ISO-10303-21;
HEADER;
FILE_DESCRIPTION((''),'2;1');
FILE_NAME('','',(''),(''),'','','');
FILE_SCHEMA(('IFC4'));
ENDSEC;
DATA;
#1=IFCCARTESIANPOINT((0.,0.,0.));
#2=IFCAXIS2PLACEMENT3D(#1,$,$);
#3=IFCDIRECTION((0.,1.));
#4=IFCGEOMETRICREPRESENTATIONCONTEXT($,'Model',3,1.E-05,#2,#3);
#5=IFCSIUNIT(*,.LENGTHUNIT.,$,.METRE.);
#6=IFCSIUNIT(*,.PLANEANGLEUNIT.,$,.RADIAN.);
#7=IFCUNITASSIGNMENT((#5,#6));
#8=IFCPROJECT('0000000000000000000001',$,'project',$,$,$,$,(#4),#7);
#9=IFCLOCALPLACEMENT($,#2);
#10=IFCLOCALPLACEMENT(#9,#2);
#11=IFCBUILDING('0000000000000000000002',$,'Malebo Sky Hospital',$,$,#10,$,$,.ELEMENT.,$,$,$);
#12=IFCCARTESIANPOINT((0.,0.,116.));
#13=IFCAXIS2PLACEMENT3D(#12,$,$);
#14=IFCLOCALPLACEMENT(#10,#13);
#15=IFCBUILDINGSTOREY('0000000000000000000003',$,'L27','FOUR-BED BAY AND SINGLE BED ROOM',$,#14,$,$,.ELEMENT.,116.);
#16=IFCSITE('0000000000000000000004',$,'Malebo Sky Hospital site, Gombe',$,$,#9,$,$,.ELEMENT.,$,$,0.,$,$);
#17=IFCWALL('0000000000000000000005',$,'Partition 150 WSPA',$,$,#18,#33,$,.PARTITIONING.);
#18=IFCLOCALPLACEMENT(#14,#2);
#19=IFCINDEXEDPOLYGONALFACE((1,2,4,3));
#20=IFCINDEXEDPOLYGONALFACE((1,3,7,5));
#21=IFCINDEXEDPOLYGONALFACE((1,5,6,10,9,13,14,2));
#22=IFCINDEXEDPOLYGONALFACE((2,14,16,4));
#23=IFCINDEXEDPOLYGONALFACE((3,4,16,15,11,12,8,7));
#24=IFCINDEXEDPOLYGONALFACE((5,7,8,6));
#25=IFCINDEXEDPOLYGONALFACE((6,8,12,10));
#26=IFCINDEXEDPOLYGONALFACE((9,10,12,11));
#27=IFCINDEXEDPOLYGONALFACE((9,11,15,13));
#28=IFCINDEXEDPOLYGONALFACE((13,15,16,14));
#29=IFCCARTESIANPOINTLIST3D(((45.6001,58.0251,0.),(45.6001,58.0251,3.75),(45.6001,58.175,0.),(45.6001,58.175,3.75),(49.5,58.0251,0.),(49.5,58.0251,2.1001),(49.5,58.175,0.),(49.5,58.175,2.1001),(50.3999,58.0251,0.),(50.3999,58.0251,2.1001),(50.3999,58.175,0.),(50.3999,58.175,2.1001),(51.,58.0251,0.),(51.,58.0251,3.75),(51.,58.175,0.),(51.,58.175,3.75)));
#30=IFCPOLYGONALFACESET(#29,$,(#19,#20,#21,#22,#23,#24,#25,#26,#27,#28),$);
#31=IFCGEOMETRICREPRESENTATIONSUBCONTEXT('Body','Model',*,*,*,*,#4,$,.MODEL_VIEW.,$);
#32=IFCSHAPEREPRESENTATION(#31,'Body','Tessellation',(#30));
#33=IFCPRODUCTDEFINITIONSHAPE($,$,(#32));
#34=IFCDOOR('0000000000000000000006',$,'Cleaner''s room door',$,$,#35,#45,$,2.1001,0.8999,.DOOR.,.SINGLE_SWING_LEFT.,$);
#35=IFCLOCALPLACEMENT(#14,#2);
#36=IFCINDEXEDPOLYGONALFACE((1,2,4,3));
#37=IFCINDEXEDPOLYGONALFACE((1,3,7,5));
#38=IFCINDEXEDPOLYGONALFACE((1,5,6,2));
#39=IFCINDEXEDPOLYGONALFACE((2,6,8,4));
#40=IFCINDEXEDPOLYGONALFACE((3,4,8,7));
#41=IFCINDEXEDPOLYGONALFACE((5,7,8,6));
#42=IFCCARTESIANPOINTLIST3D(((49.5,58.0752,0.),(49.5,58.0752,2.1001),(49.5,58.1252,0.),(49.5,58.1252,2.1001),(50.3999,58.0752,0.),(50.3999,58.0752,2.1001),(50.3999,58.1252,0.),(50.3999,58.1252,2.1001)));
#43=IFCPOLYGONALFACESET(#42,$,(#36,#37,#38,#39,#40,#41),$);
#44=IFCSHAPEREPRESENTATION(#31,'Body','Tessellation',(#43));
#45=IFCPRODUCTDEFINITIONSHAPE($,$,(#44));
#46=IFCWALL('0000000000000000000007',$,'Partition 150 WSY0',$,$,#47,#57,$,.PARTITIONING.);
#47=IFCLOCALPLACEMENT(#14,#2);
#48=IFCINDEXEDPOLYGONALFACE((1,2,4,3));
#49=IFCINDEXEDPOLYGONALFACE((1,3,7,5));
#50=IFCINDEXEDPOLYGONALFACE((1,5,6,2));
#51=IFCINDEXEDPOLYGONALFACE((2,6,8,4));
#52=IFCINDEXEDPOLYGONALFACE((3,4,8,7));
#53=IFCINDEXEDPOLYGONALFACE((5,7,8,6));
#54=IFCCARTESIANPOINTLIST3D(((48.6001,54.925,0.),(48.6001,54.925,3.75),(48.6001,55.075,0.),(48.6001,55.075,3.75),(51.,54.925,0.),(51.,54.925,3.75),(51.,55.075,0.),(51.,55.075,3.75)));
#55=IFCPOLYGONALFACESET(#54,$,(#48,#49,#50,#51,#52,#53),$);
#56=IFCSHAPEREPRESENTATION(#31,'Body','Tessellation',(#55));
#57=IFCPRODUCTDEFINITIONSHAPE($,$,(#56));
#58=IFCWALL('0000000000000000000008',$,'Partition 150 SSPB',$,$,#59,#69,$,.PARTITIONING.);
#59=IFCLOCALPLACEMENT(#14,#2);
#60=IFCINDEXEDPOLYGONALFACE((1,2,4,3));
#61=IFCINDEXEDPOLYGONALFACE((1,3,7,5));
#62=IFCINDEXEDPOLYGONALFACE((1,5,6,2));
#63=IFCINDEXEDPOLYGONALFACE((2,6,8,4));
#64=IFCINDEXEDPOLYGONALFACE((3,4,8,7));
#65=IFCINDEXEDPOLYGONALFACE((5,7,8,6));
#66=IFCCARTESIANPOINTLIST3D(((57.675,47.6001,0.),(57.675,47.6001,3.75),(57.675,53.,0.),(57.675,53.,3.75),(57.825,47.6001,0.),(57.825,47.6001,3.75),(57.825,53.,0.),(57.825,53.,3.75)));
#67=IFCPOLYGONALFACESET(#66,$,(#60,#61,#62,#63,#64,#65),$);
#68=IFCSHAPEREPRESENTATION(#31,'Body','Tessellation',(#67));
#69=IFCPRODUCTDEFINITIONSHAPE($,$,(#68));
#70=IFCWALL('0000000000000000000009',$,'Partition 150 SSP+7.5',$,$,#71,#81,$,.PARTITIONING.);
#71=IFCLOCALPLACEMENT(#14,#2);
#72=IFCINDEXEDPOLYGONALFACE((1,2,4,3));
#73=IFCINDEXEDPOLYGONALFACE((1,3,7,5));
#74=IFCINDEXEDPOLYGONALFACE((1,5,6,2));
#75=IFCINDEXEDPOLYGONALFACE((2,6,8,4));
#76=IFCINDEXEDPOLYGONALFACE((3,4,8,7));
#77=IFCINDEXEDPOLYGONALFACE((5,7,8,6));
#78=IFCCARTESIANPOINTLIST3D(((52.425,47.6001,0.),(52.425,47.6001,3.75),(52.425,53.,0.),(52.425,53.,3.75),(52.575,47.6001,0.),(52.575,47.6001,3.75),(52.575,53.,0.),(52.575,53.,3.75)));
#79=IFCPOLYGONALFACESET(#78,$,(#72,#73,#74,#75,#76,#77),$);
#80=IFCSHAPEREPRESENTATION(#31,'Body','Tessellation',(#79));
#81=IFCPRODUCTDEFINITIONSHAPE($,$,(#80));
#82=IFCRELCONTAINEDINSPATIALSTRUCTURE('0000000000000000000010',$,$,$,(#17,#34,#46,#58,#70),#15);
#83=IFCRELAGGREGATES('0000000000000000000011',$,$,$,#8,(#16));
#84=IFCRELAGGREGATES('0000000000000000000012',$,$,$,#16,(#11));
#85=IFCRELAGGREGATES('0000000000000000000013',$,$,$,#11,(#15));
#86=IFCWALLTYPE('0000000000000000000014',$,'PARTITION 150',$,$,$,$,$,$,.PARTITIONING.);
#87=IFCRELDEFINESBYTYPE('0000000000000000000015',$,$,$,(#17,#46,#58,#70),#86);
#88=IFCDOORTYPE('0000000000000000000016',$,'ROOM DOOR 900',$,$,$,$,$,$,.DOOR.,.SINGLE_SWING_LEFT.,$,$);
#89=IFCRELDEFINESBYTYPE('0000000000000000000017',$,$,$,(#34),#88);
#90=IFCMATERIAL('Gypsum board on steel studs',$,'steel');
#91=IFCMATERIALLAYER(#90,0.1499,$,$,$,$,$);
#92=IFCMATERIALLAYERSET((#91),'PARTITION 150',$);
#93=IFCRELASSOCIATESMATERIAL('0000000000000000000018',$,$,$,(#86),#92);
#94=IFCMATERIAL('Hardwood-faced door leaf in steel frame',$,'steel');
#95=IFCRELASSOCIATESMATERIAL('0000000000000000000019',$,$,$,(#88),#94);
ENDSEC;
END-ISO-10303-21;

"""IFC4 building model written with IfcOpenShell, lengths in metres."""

from ifc_helpers import new_model, si_unit, direction, frame, frame_2d, origin, place, context, subcontext, project, spatial, rectangle, extrude, material, layer, layer_set, type_object, element, fill, save


model = new_model("IFC4")

# Units and contexts
model_context = context("Model", 3, precision=1e-05, world=origin(), true_north=direction((0.0, 1.0)))
body_context = subcontext(model_context, "Body", "Model", "MODEL_VIEW")
ifc_project = project(units=[si_unit("LENGTHUNIT", "METRE"), si_unit("PLANEANGLEUNIT", "RADIAN")], contexts=[model_context])

# Site, building, storey
site_placement = place(None, origin())
site = spatial("IfcSite", under=ifc_project, at=site_placement, Name="Malebo Sky Hospital site, Gombe", CompositionType="ELEMENT", RefElevation=0.0)
building_placement = place(site_placement, origin())
building = spatial("IfcBuilding", under=site, at=building_placement, Name="Malebo Sky Hospital", CompositionType="ELEMENT")
storey_placement = place(building_placement, frame((0.0, 0.0, 116.0)))
storey = spatial("IfcBuildingStorey", under=building, at=storey_placement, Name="L27", Description="FOUR-BED BAY AND SINGLE BED ROOM", CompositionType="ELEMENT", Elevation=116.0)

# Shared definitions
ifc_material_1 = material(Name="Hardwood-faced door leaf in steel frame", Category="steel")

# Shared definitions
ifc_material_2 = material(Name="Gypsum board on steel studs", Category="steel")

# Shared definitions
ifc_layer_1 = layer(ifc_material_2, 0.1499)
ifc_layer_set_1 = layer_set([ifc_layer_1], Name="PARTITION 150")
wall_type_1 = type_object("IfcWallType", Name="PARTITION 150", PredefinedType="PARTITIONING", material=ifc_layer_set_1)

# Wall, opening, door
wall_1_placement = place(storey_placement, frame((51.0, 58.1001, 0.0), z_axis=(0.0, 0.0, 1.0), x_axis=(-1.0, 0.0, 0.0)))
wall_1 = element("IfcWall", 1, at=wall_1_placement, inside=storey, type_object=wall_type_1, Name="Partition 150 WSPA", PredefinedType="PARTITIONING", context=body_context, shape_type="SweptSolid", body=[
    extrude(rectangle(XDim=5.3999, YDim=0.1499, at=frame_2d((2.7, 0.0))), origin(), (0.0, 0.0, 1.0), 3.75),
])
opening_1_placement = place(wall_1_placement, frame((0.6001, 0.0, 0.0)))
opening_1 = element("IfcOpeningElement", 2, at=opening_1_placement, cuts=wall_1, PredefinedType="OPENING", context=body_context, shape_type="SweptSolid", body=[
    extrude(rectangle(XDim=0.8999, YDim=2.1001, at=frame_2d((0.45, 1.05))), frame((0.0, 0.085, 0.0), z_axis=(0.0, -1.0, 0.0), x_axis=(1.0, 0.0, 0.0)), (0.0, 0.0, 1.0), 0.1699),
])
door_type_1 = type_object("IfcDoorType", Name="ROOM DOOR 900", OperationType="SINGLE_SWING_LEFT", PredefinedType="DOOR", material=ifc_material_1)
door_1_placement = place(opening_1_placement, origin())
door_1 = element("IfcDoor", 3, at=door_1_placement, inside=storey, type_object=door_type_1, Name="Cleaner's room door", OperationType="SINGLE_SWING_LEFT", OverallHeight=2.1001, OverallWidth=0.8999, PredefinedType="DOOR", context=body_context, shape_type="SweptSolid", body=[
    extrude(rectangle(XDim=0.8999, YDim=2.1001, at=frame_2d((0.45, 1.05))), frame((0.0, 0.0249, 0.0), z_axis=(0.0, -1.0, 0.0), x_axis=(1.0, 0.0, 0.0)), (0.0, 0.0, 1.0), 0.05),
])
fill(opening_1, door_1)

# Walls
wall_2_placement = place(storey_placement, frame((51.0, 55.0, 0.0), z_axis=(0.0, 0.0, 1.0), x_axis=(-1.0, 0.0, 0.0)))
element("IfcWall", 4, at=wall_2_placement, inside=storey, type_object=wall_type_1, Name="Partition 150 WSY0", PredefinedType="PARTITIONING", context=body_context, shape_type="SweptSolid", body=[
    extrude(rectangle(XDim=2.3999, YDim=0.1499, at=frame_2d((1.2, 0.0))), origin(), (0.0, 0.0, 1.0), 3.75),
])
for number, where, z_axis, x_axis, name in (
    (5, (57.75, 53.0, 0.0), (0.0, 0.0, 1.0), (0.0, -1.0, 0.0), "Partition 150 SSPB"),
    (6, (52.5, 53.0, 0.0), (0.0, 0.0, 1.0), (0.0, -1.0, 0.0), "Partition 150 SSP+7.5"),
):
    element("IfcWall", number, at=place(storey_placement, frame(where, z_axis=z_axis, x_axis=x_axis)), inside=storey, type_object=wall_type_1, Name=name, PredefinedType="PARTITIONING", context=body_context, shape_type="SweptSolid", body=[
        extrude(rectangle(XDim=5.3999, YDim=0.1499, at=frame_2d((2.7, 0.0))), origin(), (0.0, 0.0, 1.0), 3.75),
    ])

save(model, "model.ifc")
